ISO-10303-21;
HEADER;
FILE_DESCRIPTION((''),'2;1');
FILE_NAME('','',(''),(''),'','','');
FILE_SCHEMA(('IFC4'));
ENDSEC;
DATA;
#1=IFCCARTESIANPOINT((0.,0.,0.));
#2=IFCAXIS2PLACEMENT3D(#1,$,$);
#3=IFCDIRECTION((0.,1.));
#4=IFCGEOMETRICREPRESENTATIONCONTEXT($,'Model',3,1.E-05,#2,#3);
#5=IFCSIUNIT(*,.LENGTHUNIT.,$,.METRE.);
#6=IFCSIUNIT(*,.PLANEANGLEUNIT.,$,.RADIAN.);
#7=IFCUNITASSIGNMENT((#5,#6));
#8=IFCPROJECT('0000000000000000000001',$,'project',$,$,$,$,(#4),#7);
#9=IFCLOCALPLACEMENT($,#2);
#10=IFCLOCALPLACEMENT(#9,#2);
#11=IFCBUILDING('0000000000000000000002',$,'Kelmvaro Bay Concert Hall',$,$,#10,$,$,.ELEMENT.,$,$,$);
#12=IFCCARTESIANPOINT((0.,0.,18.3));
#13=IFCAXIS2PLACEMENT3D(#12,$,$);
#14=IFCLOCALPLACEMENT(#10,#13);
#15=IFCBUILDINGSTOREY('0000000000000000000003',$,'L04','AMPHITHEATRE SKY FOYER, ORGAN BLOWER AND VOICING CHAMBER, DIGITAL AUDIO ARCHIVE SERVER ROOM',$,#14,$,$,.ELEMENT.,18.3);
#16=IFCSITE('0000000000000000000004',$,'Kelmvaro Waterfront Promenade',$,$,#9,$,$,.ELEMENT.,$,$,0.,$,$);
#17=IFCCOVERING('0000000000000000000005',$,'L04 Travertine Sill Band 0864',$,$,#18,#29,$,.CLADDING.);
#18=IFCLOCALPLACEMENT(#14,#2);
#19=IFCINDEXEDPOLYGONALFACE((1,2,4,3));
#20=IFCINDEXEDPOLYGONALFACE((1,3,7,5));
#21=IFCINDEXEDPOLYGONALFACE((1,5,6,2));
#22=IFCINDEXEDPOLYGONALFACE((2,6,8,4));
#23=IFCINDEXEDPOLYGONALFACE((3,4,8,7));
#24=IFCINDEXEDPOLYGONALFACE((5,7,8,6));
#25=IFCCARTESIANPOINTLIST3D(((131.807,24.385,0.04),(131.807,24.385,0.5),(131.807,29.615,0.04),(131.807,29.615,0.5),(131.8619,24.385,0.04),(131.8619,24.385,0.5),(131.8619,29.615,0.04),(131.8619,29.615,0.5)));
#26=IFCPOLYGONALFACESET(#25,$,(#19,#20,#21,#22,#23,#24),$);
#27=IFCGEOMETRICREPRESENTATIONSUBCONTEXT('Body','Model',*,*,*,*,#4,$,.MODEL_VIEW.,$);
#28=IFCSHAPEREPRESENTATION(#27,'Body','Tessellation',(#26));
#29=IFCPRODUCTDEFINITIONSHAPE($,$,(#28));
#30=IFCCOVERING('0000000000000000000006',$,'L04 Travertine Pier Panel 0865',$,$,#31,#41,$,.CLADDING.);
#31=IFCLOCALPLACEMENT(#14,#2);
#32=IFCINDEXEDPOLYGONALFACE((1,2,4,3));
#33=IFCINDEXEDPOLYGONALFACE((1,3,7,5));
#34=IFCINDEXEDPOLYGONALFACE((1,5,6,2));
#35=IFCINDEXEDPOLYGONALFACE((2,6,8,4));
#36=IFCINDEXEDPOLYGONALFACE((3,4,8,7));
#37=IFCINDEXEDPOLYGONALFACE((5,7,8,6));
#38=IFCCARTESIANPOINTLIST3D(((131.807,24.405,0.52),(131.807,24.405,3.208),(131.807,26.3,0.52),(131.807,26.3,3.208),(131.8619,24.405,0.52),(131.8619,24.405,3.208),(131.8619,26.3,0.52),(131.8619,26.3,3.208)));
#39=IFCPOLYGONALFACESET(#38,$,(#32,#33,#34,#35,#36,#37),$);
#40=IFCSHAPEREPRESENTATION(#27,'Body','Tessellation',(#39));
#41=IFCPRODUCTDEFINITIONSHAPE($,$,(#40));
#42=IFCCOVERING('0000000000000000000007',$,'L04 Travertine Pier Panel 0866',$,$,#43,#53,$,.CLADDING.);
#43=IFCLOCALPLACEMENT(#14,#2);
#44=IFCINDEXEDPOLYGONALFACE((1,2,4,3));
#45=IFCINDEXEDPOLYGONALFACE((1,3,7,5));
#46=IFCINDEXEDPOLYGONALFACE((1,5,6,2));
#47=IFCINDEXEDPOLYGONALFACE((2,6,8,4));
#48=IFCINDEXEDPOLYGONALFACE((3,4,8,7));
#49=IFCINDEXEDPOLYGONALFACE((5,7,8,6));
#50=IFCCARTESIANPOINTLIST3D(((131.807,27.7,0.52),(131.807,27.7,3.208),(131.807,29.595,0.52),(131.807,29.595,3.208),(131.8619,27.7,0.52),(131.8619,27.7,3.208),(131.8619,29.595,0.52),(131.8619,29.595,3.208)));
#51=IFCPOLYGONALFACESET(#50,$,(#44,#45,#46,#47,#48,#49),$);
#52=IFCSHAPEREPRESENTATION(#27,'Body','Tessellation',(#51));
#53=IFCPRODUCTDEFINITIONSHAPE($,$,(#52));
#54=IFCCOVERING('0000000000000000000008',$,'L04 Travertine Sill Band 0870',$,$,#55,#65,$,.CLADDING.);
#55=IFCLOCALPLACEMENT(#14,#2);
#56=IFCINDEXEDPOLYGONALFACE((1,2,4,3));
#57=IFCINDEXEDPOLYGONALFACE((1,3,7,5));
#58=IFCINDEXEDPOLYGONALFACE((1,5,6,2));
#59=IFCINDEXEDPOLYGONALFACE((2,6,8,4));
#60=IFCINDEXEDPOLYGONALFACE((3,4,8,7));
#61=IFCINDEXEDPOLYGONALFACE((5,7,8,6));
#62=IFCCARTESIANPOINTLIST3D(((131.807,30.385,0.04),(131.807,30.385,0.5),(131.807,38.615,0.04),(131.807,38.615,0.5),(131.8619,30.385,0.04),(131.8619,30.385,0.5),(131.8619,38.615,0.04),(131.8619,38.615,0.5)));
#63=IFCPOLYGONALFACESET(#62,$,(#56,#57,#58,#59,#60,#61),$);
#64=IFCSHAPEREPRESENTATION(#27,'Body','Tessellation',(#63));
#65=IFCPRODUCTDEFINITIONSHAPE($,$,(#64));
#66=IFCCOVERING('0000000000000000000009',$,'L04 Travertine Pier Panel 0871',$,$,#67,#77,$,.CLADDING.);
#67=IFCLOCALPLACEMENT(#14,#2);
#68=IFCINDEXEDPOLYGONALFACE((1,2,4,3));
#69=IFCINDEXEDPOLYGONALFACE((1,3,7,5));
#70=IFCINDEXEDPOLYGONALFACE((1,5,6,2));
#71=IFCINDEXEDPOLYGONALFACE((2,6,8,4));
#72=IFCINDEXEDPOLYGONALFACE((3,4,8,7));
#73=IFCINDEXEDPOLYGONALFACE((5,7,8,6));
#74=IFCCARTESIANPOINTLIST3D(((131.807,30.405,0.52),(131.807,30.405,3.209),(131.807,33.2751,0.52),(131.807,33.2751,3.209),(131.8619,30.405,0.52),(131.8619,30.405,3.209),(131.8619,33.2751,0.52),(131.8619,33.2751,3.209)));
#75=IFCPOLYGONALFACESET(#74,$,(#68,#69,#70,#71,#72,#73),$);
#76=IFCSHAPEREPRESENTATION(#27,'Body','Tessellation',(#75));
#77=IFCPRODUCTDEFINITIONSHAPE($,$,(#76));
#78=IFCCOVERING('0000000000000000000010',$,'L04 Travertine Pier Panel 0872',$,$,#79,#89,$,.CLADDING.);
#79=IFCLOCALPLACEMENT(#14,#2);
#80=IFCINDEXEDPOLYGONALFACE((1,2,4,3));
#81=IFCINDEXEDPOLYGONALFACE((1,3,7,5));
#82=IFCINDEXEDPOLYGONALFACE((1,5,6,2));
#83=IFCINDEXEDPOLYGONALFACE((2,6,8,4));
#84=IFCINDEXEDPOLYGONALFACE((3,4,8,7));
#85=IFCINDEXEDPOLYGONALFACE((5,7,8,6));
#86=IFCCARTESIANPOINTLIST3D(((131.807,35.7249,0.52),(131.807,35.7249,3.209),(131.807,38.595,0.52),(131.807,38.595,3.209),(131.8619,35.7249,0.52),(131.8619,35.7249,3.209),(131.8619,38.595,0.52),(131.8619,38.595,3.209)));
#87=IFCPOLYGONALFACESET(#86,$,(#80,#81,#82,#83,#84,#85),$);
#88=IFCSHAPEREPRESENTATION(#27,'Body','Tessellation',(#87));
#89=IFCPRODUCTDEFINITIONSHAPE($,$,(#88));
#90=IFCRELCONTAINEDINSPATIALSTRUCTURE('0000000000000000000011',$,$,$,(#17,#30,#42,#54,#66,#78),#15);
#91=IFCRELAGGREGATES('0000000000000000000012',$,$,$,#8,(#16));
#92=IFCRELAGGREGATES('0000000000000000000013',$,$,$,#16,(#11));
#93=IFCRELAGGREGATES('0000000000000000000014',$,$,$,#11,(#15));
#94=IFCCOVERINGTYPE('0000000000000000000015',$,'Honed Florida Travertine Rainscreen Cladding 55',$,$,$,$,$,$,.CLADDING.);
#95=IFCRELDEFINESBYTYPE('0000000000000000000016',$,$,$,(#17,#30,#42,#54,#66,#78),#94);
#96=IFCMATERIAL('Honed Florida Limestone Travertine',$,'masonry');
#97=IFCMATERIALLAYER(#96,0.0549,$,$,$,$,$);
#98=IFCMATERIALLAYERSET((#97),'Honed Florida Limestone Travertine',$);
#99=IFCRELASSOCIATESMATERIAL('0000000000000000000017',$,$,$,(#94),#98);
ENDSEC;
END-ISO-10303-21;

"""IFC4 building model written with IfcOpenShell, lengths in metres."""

from ifc_helpers import new_model, si_unit, direction, frame, origin, origin_2d, place, context, subcontext, project, spatial, rectangle, extrude, material, layer, layer_set, type_object, element, save


model = new_model("IFC4")

# Units and contexts
model_context = context("Model", 3, precision=1e-05, world=origin(), true_north=direction((0.0, 1.0)))
body_context = subcontext(model_context, "Body", "Model", "MODEL_VIEW")
ifc_project = project(units=[si_unit("LENGTHUNIT", "METRE"), si_unit("PLANEANGLEUNIT", "RADIAN")], contexts=[model_context])

# Site, building, storey
site_placement = place(None, origin())
site = spatial("IfcSite", under=ifc_project, at=site_placement, Name="Kelmvaro Waterfront Promenade", CompositionType="ELEMENT", RefElevation=0.0)
building_placement = place(site_placement, origin())
building = spatial("IfcBuilding", under=site, at=building_placement, Name="Kelmvaro Bay Concert Hall", CompositionType="ELEMENT")
storey_placement = place(building_placement, frame((0.0, 0.0, 18.3)))
storey = spatial("IfcBuildingStorey", under=building, at=storey_placement, Name="L04", Description="AMPHITHEATRE SKY FOYER, ORGAN BLOWER AND VOICING CHAMBER, DIGITAL AUDIO ARCHIVE SERVER ROOM", CompositionType="ELEMENT", Elevation=18.3)

# Coverings
ifc_material_1 = material(Name="Honed Florida Limestone Travertine", Category="masonry")
ifc_layer_1 = layer(ifc_material_1, 0.0549)
ifc_layer_set_1 = layer_set([ifc_layer_1], Name="Honed Florida Limestone Travertine")
covering_type = type_object("IfcCoveringType", Name="Honed Florida Travertine Rainscreen Cladding 55", PredefinedType="CLADDING", material=ifc_layer_set_1)
covering_1_placement = place(storey_placement, frame((131.8345, 27.0, 0.04), z_axis=(0.0, 0.0, 1.0), x_axis=(0.0, 1.0, 0.0)))
element("IfcCovering", 1, at=covering_1_placement, inside=storey, type_object=covering_type, Name="L04 Travertine Sill Band 0864", PredefinedType="CLADDING", context=body_context, shape_type="SweptSolid", body=[
    extrude(rectangle(XDim=5.23, YDim=0.0549, at=origin_2d()), origin(), (0.0, 0.0, 1.0), 0.46),
])
for number, where, z_axis, x_axis, name in (
    (2, (131.8345, 25.3525, 0.52), (0.0, 0.0, 1.0), (0.0, 1.0, 0.0), "L04 Travertine Pier Panel 0865"),
    (3, (131.8345, 28.6475, 0.52), (0.0, 0.0, 1.0), (0.0, 1.0, 0.0), "L04 Travertine Pier Panel 0866"),
):
    element("IfcCovering", number, at=place(storey_placement, frame(where, z_axis=z_axis, x_axis=x_axis)), inside=storey, type_object=covering_type, Name=name, PredefinedType="CLADDING", context=body_context, shape_type="SweptSolid", body=[
        extrude(rectangle(XDim=1.895, YDim=0.0549, at=origin_2d()), origin(), (0.0, 0.0, 1.0), 2.688),
    ])
covering_2_placement = place(storey_placement, frame((131.8345, 34.5, 0.04), z_axis=(0.0, 0.0, 1.0), x_axis=(0.0, 1.0, 0.0)))
element("IfcCovering", 4, at=covering_2_placement, inside=storey, type_object=covering_type, Name="L04 Travertine Sill Band 0870", PredefinedType="CLADDING", context=body_context, shape_type="SweptSolid", body=[
    extrude(rectangle(XDim=8.23, YDim=0.0549, at=origin_2d()), origin(), (0.0, 0.0, 1.0), 0.46),
])
for number, where, z_axis, x_axis, name in (
    (5, (131.8345, 31.8401, 0.52), (0.0, 0.0, 1.0), (0.0, 1.0, 0.0), "L04 Travertine Pier Panel 0871"),
    (6, (131.8345, 37.1599, 0.52), (0.0, 0.0, 1.0), (0.0, 1.0, 0.0), "L04 Travertine Pier Panel 0872"),
):
    element("IfcCovering", number, at=place(storey_placement, frame(where, z_axis=z_axis, x_axis=x_axis)), inside=storey, type_object=covering_type, Name=name, PredefinedType="CLADDING", context=body_context, shape_type="SweptSolid", body=[
        extrude(rectangle(XDim=2.8701, YDim=0.0549, at=origin_2d()), origin(), (0.0, 0.0, 1.0), 2.689),
    ])

save(model, "model.ifc")
